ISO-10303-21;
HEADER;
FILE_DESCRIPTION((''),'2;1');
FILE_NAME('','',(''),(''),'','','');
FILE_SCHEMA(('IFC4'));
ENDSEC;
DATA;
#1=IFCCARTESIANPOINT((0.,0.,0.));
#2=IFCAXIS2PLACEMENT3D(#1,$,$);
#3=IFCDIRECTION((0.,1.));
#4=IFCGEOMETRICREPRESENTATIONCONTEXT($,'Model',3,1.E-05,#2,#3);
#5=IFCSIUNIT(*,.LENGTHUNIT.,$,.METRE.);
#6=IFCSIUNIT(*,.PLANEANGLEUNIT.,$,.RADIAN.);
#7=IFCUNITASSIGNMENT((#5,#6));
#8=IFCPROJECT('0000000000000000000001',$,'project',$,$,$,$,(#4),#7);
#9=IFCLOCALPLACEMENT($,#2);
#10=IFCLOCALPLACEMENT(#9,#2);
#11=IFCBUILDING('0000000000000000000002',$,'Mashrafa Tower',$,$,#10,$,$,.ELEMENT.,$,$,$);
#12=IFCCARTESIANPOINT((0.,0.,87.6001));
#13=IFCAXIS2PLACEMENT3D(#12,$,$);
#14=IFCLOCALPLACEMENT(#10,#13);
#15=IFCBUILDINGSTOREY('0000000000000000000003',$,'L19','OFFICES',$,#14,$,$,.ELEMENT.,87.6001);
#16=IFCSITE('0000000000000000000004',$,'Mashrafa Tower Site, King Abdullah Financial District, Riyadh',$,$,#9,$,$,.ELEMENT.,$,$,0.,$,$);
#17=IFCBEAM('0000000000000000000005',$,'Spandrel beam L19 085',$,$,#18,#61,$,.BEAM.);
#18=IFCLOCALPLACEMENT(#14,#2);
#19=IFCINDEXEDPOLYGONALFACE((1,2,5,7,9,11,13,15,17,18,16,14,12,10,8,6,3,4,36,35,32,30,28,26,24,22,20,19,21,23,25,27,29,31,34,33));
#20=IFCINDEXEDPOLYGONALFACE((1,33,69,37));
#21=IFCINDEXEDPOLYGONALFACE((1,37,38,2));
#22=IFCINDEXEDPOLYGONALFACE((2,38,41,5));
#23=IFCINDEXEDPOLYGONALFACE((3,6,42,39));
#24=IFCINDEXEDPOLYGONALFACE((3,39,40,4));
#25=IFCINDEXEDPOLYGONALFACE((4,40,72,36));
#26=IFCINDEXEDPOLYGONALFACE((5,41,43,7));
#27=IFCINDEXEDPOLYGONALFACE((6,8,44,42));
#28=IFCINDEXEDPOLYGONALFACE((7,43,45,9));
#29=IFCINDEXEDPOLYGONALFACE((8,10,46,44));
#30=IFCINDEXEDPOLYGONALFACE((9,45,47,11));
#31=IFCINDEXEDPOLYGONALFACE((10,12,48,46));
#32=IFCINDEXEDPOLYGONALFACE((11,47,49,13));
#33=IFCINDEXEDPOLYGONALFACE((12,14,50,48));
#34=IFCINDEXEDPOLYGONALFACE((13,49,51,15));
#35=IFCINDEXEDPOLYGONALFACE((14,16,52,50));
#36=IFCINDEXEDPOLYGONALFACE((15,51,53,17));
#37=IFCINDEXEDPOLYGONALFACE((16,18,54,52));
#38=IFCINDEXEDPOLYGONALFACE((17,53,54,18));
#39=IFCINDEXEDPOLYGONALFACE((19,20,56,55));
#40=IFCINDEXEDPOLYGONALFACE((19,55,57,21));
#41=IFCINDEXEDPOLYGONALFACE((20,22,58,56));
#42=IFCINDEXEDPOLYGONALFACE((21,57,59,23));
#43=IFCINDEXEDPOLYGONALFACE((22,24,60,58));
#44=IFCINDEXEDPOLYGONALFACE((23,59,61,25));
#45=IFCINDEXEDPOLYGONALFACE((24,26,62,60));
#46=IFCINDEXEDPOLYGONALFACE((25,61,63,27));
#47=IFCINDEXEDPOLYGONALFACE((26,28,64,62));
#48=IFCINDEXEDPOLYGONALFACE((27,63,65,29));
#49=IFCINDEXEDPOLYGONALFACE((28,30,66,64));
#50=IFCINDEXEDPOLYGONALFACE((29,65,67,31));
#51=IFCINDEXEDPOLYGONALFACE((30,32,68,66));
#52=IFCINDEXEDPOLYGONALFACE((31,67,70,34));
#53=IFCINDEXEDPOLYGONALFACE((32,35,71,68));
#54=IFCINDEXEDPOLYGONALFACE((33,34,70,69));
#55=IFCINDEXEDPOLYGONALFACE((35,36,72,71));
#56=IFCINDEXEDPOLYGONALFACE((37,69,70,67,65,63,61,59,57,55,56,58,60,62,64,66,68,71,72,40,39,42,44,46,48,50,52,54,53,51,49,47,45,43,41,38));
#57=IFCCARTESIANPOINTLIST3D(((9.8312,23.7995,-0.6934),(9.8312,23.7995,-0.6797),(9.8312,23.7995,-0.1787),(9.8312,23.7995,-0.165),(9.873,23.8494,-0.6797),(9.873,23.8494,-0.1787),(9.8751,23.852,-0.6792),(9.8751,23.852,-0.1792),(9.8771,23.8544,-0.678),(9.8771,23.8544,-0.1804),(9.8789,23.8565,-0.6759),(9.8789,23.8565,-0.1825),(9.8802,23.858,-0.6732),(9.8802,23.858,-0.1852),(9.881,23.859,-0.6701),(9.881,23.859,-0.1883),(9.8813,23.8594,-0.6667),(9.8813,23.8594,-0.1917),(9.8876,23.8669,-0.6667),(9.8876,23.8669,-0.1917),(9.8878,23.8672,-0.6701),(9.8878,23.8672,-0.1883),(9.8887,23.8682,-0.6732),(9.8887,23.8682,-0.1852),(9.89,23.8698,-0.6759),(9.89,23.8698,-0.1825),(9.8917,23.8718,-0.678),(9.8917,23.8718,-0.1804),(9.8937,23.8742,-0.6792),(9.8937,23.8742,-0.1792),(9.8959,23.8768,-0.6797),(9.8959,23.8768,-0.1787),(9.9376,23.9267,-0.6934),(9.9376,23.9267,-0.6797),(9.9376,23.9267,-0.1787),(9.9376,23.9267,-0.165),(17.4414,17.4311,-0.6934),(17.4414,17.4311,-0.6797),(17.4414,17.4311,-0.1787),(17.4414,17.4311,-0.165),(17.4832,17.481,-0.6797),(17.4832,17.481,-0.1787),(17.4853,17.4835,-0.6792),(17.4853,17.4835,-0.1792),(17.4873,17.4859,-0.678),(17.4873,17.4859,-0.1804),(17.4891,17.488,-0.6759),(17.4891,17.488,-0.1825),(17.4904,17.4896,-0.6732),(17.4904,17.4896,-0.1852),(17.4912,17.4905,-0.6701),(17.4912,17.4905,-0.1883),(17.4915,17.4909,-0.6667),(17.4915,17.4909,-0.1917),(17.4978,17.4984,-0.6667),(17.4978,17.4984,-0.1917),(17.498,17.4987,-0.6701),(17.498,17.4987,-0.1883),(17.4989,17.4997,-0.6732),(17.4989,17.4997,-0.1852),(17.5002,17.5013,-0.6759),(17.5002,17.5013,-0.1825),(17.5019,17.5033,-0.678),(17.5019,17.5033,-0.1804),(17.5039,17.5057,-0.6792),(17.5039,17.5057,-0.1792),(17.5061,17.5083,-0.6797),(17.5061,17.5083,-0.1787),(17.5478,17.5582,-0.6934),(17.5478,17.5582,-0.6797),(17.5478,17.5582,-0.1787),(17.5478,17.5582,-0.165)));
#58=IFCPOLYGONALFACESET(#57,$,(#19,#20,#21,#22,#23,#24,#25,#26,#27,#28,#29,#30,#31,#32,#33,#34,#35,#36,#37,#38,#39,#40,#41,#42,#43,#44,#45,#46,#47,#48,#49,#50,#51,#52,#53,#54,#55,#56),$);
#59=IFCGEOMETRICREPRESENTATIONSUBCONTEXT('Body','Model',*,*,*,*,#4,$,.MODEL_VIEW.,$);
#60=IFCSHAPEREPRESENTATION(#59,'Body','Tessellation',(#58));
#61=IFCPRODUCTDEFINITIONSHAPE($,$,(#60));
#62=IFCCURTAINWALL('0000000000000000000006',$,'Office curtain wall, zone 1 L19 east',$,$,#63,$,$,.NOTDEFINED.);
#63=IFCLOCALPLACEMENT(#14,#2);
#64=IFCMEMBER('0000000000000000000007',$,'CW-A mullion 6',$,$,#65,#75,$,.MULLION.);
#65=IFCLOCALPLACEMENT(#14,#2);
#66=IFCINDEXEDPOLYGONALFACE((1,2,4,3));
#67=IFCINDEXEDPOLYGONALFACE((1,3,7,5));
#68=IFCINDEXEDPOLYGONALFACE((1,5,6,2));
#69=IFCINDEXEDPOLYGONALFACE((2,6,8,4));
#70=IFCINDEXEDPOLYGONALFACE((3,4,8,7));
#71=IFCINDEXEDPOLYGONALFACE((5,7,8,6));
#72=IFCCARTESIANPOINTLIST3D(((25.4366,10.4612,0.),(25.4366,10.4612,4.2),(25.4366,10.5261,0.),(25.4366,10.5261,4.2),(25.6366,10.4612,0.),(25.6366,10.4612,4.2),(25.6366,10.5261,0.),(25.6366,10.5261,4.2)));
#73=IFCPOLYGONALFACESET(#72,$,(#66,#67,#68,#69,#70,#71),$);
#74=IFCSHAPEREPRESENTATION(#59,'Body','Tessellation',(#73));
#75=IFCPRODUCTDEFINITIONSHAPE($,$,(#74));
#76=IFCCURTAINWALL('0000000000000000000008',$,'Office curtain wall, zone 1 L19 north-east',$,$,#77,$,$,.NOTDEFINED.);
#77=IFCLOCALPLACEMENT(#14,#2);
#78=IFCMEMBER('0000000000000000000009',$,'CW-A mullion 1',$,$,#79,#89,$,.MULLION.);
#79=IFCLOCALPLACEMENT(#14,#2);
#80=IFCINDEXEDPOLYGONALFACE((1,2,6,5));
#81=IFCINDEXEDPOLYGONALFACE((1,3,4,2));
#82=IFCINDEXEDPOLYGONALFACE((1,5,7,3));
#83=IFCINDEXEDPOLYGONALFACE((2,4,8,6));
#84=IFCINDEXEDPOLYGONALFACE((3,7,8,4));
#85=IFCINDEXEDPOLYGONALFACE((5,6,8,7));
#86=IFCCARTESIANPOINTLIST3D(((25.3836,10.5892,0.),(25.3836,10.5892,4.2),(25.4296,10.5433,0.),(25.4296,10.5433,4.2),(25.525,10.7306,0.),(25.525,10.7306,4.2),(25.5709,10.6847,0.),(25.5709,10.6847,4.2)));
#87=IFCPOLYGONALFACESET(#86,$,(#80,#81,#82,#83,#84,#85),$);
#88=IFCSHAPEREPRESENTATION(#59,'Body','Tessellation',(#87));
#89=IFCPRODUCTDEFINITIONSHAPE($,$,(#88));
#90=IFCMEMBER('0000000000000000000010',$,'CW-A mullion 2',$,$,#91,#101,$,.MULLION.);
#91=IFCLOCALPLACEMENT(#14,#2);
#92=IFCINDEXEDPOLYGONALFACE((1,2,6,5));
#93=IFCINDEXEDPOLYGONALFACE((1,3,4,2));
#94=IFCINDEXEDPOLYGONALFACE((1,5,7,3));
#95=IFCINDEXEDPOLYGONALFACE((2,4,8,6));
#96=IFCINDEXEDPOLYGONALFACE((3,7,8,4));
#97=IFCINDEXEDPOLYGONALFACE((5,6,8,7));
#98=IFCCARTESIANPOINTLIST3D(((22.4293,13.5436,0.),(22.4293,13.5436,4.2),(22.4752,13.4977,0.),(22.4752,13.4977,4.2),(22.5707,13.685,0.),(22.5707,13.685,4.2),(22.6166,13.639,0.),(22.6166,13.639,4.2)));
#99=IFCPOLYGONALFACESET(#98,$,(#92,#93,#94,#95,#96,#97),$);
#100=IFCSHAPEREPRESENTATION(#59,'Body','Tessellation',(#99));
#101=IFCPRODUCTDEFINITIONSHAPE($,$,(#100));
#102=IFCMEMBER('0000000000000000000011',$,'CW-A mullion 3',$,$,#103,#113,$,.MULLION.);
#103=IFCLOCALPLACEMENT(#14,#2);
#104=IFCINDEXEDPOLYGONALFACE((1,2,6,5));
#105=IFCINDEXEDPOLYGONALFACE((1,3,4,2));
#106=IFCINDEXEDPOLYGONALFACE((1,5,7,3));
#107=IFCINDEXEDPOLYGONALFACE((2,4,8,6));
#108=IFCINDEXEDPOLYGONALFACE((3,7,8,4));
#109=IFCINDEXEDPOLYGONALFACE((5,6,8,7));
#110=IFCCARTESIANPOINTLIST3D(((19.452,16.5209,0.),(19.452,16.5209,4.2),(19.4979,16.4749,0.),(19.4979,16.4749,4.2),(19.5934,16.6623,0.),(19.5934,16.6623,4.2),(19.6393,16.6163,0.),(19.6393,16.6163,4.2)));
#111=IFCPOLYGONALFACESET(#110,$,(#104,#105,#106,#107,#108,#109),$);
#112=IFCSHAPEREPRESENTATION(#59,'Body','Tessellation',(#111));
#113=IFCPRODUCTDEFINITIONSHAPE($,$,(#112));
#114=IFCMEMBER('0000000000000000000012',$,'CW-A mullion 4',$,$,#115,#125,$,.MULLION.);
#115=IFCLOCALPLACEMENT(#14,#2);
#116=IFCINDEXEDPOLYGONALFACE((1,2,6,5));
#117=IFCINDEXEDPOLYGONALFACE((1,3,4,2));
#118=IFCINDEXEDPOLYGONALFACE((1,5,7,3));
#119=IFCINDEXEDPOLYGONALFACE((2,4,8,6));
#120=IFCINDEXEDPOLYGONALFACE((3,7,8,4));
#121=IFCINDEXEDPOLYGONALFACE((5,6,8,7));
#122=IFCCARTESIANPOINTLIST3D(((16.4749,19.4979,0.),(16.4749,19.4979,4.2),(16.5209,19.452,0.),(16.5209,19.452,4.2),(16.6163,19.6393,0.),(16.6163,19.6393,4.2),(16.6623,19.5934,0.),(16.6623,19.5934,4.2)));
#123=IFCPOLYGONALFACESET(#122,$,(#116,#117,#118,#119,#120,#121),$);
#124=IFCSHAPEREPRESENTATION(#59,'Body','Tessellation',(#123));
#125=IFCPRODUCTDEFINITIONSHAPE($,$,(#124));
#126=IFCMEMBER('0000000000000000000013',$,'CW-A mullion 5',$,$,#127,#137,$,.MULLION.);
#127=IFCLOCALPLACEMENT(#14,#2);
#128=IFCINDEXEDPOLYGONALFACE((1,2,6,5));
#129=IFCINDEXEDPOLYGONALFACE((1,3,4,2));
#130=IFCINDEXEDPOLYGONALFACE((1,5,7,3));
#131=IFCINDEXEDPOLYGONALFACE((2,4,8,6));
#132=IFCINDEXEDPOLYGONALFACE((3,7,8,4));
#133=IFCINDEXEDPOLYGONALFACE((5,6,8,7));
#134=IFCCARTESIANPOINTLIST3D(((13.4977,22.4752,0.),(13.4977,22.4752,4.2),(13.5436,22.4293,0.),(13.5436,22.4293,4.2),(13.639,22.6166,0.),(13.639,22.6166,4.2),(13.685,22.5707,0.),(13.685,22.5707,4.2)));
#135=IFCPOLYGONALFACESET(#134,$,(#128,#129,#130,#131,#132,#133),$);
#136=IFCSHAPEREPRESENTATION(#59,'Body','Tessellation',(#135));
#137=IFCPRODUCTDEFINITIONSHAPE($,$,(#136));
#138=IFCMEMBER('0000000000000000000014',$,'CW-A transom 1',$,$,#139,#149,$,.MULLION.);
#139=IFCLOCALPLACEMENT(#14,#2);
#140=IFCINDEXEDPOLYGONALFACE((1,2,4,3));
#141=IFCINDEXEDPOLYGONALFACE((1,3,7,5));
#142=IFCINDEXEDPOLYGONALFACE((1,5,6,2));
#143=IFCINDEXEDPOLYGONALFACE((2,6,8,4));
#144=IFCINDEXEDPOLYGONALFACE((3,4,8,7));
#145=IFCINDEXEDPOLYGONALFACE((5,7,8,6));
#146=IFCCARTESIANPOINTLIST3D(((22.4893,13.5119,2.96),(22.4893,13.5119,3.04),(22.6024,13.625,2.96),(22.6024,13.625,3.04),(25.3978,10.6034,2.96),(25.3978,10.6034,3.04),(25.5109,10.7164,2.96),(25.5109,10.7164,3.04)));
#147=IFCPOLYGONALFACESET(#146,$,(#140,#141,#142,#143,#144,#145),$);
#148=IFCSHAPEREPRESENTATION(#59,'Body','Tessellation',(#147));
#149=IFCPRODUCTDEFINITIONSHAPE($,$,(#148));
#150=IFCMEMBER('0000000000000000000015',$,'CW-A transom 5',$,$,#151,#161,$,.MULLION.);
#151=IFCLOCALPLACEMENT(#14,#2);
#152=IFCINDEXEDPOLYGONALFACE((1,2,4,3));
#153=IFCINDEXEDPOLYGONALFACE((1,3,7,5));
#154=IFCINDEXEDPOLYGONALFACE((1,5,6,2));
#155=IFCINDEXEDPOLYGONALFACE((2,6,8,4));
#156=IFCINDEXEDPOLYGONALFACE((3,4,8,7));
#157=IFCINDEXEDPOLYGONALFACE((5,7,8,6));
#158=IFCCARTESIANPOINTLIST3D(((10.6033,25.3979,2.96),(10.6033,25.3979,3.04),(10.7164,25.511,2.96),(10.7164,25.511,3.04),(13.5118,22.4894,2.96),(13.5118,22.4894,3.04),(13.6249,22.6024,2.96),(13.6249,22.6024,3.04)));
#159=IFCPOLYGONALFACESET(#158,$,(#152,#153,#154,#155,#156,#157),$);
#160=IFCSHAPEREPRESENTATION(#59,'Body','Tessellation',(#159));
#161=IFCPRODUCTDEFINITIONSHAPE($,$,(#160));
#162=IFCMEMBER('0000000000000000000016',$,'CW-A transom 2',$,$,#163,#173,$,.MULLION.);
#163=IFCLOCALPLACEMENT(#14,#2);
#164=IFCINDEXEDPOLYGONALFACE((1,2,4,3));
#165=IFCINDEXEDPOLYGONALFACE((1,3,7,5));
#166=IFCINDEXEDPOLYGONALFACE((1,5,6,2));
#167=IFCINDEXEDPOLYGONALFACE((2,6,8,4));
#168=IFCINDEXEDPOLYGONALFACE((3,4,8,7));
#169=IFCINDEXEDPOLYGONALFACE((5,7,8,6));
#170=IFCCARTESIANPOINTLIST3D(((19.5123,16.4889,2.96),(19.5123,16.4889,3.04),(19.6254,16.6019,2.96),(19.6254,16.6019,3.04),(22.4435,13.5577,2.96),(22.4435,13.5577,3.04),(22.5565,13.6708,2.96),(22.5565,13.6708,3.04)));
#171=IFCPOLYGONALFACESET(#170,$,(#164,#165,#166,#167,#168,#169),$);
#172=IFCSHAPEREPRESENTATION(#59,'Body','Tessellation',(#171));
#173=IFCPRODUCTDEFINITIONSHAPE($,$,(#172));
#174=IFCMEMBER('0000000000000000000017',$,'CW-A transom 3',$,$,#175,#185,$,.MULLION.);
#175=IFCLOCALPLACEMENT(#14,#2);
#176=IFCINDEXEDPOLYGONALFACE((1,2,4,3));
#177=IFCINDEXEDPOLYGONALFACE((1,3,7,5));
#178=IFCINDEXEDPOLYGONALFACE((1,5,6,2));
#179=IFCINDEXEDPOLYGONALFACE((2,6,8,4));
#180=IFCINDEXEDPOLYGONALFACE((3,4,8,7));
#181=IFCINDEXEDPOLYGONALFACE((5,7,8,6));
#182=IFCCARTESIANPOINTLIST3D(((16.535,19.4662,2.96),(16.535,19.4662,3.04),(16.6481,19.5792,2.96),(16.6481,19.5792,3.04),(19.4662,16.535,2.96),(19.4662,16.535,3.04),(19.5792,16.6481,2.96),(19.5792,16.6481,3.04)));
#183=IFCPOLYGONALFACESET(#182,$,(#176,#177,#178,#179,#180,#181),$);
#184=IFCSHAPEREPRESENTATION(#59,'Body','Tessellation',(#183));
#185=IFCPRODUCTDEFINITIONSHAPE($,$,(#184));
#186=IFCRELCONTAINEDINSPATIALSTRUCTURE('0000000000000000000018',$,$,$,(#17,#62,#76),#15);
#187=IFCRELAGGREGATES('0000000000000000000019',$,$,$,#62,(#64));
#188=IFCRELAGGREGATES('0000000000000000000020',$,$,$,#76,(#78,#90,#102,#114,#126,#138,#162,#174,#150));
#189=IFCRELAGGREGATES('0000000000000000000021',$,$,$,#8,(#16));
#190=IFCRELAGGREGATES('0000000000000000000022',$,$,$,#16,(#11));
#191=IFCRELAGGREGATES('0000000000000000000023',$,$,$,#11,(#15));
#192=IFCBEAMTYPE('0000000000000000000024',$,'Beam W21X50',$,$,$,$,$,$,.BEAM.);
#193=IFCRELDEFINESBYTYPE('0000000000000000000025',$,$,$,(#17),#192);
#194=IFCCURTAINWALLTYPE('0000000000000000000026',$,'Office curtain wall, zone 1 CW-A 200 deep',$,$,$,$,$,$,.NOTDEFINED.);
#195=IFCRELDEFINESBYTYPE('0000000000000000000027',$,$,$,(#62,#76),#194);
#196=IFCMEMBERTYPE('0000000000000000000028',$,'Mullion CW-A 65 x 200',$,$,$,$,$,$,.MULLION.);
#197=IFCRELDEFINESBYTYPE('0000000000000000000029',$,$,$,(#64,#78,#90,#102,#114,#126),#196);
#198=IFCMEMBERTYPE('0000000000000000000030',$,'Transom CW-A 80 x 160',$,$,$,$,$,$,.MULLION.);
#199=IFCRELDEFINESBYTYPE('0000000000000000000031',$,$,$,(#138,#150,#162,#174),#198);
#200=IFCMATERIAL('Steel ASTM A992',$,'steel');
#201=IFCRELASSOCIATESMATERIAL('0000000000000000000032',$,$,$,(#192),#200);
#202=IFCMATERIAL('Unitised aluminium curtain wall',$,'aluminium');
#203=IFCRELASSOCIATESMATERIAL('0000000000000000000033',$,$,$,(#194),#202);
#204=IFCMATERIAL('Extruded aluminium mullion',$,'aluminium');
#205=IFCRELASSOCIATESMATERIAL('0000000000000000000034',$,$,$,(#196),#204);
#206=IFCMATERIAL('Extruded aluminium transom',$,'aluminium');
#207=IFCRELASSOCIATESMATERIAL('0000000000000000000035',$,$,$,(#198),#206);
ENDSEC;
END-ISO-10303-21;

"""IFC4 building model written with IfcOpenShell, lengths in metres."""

from ifc_helpers import new_model, si_unit, direction, frame, origin, origin_2d, place, context, subcontext, project, spatial, rectangle, i_section, extrude, source, transform, mapped, material, material_profile, profile_set, type_object, type_shapes, element, aggregate, save


model = new_model("IFC4")

# Units and contexts
model_context = context("Model", 3, precision=1e-05, world=origin(), true_north=direction((0.0, 1.0)))
body_context = subcontext(model_context, "Body", "Model", "MODEL_VIEW")
ifc_project = project(units=[si_unit("LENGTHUNIT", "METRE"), si_unit("PLANEANGLEUNIT", "RADIAN")], contexts=[model_context])

# Site, building, storey
site_placement = place(None, origin())
site = spatial("IfcSite", under=ifc_project, at=site_placement, Name="Mashrafa Tower Site, King Abdullah Financial District, Riyadh", CompositionType="ELEMENT", RefElevation=0.0)
building_placement = place(site_placement, origin())
building = spatial("IfcBuilding", under=site, at=building_placement, Name="Mashrafa Tower", CompositionType="ELEMENT")
storey_placement = place(building_placement, frame((0.0, 0.0, 87.6001)))
storey = spatial("IfcBuildingStorey", under=building, at=storey_placement, Name="L19", Description="OFFICES", CompositionType="ELEMENT", Elevation=87.6001)

# Beam
ifc_material_1 = material(Name="Steel ASTM A992", Category="steel")
ifc_material_profile_1 = material_profile(ifc_material_1, i_section(OverallWidth=0.1658, OverallDepth=0.5283, WebThickness=0.0098, FlangeThickness=0.0137, FilletRadius=0.0129, at=origin_2d()), Name="W21X50")
ifc_profile_set_1 = profile_set([ifc_material_profile_1], Name="Steel ASTM A992")
beam_type_1 = type_object("IfcBeamType", Name="Beam W21X50", PredefinedType="BEAM", material=ifc_profile_set_1)
beam_1_placement = place(storey_placement, frame((17.4946, 17.4946, -0.4292), z_axis=(-0.766899, 0.641768, 0.0), x_axis=(-0.641768, -0.766899, 0.0)))
element("IfcBeam", 1, at=beam_1_placement, inside=storey, type_object=beam_type_1, Name="Spandrel beam L19 085", PredefinedType="BEAM", context=body_context, shape_type="SweptSolid", body=[
    extrude(i_section(OverallWidth=0.1658, OverallDepth=0.5283, WebThickness=0.0098, FlangeThickness=0.0137, FilletRadius=0.0129, at=origin_2d()), origin(), (0.0, 0.0, 1.0), 9.9233),
])

# Curtain wall, member
ifc_material_2 = material(Name="Unitised aluminium curtain wall", Category="aluminium")
curtain_wall_type = type_object("IfcCurtainWallType", Name="Office curtain wall, zone 1 CW-A 200 deep", PredefinedType="NOTDEFINED", material=ifc_material_2)
curtain_wall_1_placement = place(storey_placement, origin())
curtain_wall_1 = element("IfcCurtainWall", 2, at=curtain_wall_1_placement, inside=storey, type_object=curtain_wall_type, Name="Office curtain wall, zone 1 L19 east", PredefinedType="NOTDEFINED")
ifc_material_3 = material(Name="Extruded aluminium mullion", Category="aluminium")
ifc_material_profile_2 = material_profile(ifc_material_3, rectangle(XDim=0.2, YDim=0.0649, at=origin_2d()), Name="Mullion 65x200")
ifc_profile_set_2 = profile_set([ifc_material_profile_2], Name="Extruded aluminium mullion")
member_type_1 = type_object("IfcMemberType", Name="Mullion CW-A 65 x 200", PredefinedType="MULLION", material=ifc_profile_set_2)
shared_shape_1 = source(origin(), body_context, "Body", "SweptSolid", [
    extrude(rectangle(XDim=0.2, YDim=0.0649, at=origin_2d()), origin(), (0.0, 0.0, 1.0), 4.2),
])
type_shapes(member_type_1, [shared_shape_1])
member_1_placement = place(storey_placement, frame((25.5366, 10.4937, 0.0), z_axis=(0.0, 0.0, 1.0), x_axis=(-1.0, 0.0, 0.0)))
member_1 = element("IfcMember", 3, at=member_1_placement, type_object=member_type_1, Name="CW-A mullion 6", PredefinedType="MULLION", context=body_context, shape_type="MappedRepresentation", body=[
    mapped(shared_shape_1, transform((0.0, 0.0, 0.0))),
])
aggregate(curtain_wall_1, [member_1])

# Curtain wall, members
curtain_wall_2_placement = place(storey_placement, origin())
curtain_wall_2 = element("IfcCurtainWall", 4, at=curtain_wall_2_placement, inside=storey, type_object=curtain_wall_type, Name="Office curtain wall, zone 1 L19 north-east", PredefinedType="NOTDEFINED")
member_2_placement = place(storey_placement, frame((25.4773, 10.637, 0.0), z_axis=(0.0, 0.0, 1.0), x_axis=(-0.707107, -0.707107, 0.0)))
member_2 = element("IfcMember", 5, at=member_2_placement, type_object=member_type_1, Name="CW-A mullion 1", PredefinedType="MULLION", context=body_context, shape_type="MappedRepresentation", body=[
    mapped(shared_shape_1, transform((0.0, 0.0, 0.0))),
])
member_3_placement = place(storey_placement, frame((22.5229, 13.5913, 0.0), z_axis=(0.0, 0.0, 1.0), x_axis=(-0.707107, -0.707107, 0.0)))
member_3 = element("IfcMember", 6, at=member_3_placement, type_object=member_type_1, Name="CW-A mullion 2", PredefinedType="MULLION", context=body_context, shape_type="MappedRepresentation", body=[
    mapped(shared_shape_1, transform((0.0, 0.0, 0.0))),
])
member_4_placement = place(storey_placement, frame((19.5457, 16.5686, 0.0), z_axis=(0.0, 0.0, 1.0), x_axis=(-0.707107, -0.707107, 0.0)))
member_4 = element("IfcMember", 7, at=member_4_placement, type_object=member_type_1, Name="CW-A mullion 3", PredefinedType="MULLION", context=body_context, shape_type="MappedRepresentation", body=[
    mapped(shared_shape_1, transform((0.0, 0.0, 0.0))),
])
member_5_placement = place(storey_placement, frame((16.5686, 19.5457, 0.0), z_axis=(0.0, 0.0, 1.0), x_axis=(-0.707107, -0.707107, 0.0)))
member_5 = element("IfcMember", 8, at=member_5_placement, type_object=member_type_1, Name="CW-A mullion 4", PredefinedType="MULLION", context=body_context, shape_type="MappedRepresentation", body=[
    mapped(shared_shape_1, transform((0.0, 0.0, 0.0))),
])
member_6_placement = place(storey_placement, frame((13.5913, 22.5229, 0.0), z_axis=(0.0, 0.0, 1.0), x_axis=(-0.707107, -0.707107, 0.0)))
member_6 = element("IfcMember", 9, at=member_6_placement, type_object=member_type_1, Name="CW-A mullion 5", PredefinedType="MULLION", context=body_context, shape_type="MappedRepresentation", body=[
    mapped(shared_shape_1, transform((0.0, 0.0, 0.0))),
])
ifc_material_4 = material(Name="Extruded aluminium transom", Category="aluminium")
ifc_material_profile_3 = material_profile(ifc_material_4, rectangle(XDim=0.1599, YDim=0.0801, at=origin_2d()), Name="Transom 80x160")
ifc_profile_set_3 = profile_set([ifc_material_profile_3], Name="Extruded aluminium transom")
member_type_2 = type_object("IfcMemberType", Name="Transom CW-A 80 x 160", PredefinedType="MULLION", material=ifc_profile_set_3)
shared_shape_2 = source(origin(), body_context, "Body", "SweptSolid", [
    extrude(rectangle(XDim=0.1599, YDim=0.0801, at=origin_2d()), origin(), (0.0, 0.0, 1.0), 4.1133),
])
member_7_placement = place(storey_placement, frame((25.4543, 10.6599, 3.0), z_axis=(-0.707107, 0.707107, 0.0), x_axis=(-0.707107, -0.707107, 0.0)))
member_7 = element("IfcMember", 10, at=member_7_placement, type_object=member_type_2, Name="CW-A transom 1", PredefinedType="MULLION", context=body_context, shape_type="MappedRepresentation", body=[
    mapped(shared_shape_2, transform((0.0, 0.0, 0.0))),
])
member_8_placement = place(storey_placement, frame((13.5684, 22.5459, 3.0), z_axis=(-0.707107, 0.707107, 0.0), x_axis=(-0.707107, -0.707107, 0.0)))
member_8 = element("IfcMember", 11, at=member_8_placement, type_object=member_type_2, Name="CW-A transom 5", PredefinedType="MULLION", context=body_context, shape_type="MappedRepresentation", body=[
    mapped(shared_shape_2, transform((0.0, 0.0, 0.0))),
])
shared_shape_3 = source(origin(), body_context, "Body", "SweptSolid", [
    extrude(rectangle(XDim=0.1599, YDim=0.0801, at=origin_2d()), origin(), (0.0, 0.0, 1.0), 4.1453),
])
type_shapes(member_type_2, [shared_shape_2, shared_shape_3])
member_9_placement = place(storey_placement, frame((22.5, 13.6143, 3.0), z_axis=(-0.707107, 0.707107, 0.0), x_axis=(-0.707107, -0.707107, 0.0)))
member_9 = element("IfcMember", 12, at=member_9_placement, type_object=member_type_2, Name="CW-A transom 2", PredefinedType="MULLION", context=body_context, shape_type="MappedRepresentation", body=[
    mapped(shared_shape_3, transform((0.0, 0.0, 0.0))),
])
member_10_placement = place(storey_placement, frame((19.5227, 16.5916, 3.0), z_axis=(-0.707107, 0.707107, 0.0), x_axis=(-0.707107, -0.707107, 0.0)))
member_10 = element("IfcMember", 13, at=member_10_placement, type_object=member_type_2, Name="CW-A transom 3", PredefinedType="MULLION", context=body_context, shape_type="MappedRepresentation", body=[
    mapped(shared_shape_3, transform((0.0, 0.0, 0.0))),
])
aggregate(curtain_wall_2, [member_2, member_3, member_4, member_5, member_6, member_7, member_9, member_10, member_8])

save(model, "model.ifc")
